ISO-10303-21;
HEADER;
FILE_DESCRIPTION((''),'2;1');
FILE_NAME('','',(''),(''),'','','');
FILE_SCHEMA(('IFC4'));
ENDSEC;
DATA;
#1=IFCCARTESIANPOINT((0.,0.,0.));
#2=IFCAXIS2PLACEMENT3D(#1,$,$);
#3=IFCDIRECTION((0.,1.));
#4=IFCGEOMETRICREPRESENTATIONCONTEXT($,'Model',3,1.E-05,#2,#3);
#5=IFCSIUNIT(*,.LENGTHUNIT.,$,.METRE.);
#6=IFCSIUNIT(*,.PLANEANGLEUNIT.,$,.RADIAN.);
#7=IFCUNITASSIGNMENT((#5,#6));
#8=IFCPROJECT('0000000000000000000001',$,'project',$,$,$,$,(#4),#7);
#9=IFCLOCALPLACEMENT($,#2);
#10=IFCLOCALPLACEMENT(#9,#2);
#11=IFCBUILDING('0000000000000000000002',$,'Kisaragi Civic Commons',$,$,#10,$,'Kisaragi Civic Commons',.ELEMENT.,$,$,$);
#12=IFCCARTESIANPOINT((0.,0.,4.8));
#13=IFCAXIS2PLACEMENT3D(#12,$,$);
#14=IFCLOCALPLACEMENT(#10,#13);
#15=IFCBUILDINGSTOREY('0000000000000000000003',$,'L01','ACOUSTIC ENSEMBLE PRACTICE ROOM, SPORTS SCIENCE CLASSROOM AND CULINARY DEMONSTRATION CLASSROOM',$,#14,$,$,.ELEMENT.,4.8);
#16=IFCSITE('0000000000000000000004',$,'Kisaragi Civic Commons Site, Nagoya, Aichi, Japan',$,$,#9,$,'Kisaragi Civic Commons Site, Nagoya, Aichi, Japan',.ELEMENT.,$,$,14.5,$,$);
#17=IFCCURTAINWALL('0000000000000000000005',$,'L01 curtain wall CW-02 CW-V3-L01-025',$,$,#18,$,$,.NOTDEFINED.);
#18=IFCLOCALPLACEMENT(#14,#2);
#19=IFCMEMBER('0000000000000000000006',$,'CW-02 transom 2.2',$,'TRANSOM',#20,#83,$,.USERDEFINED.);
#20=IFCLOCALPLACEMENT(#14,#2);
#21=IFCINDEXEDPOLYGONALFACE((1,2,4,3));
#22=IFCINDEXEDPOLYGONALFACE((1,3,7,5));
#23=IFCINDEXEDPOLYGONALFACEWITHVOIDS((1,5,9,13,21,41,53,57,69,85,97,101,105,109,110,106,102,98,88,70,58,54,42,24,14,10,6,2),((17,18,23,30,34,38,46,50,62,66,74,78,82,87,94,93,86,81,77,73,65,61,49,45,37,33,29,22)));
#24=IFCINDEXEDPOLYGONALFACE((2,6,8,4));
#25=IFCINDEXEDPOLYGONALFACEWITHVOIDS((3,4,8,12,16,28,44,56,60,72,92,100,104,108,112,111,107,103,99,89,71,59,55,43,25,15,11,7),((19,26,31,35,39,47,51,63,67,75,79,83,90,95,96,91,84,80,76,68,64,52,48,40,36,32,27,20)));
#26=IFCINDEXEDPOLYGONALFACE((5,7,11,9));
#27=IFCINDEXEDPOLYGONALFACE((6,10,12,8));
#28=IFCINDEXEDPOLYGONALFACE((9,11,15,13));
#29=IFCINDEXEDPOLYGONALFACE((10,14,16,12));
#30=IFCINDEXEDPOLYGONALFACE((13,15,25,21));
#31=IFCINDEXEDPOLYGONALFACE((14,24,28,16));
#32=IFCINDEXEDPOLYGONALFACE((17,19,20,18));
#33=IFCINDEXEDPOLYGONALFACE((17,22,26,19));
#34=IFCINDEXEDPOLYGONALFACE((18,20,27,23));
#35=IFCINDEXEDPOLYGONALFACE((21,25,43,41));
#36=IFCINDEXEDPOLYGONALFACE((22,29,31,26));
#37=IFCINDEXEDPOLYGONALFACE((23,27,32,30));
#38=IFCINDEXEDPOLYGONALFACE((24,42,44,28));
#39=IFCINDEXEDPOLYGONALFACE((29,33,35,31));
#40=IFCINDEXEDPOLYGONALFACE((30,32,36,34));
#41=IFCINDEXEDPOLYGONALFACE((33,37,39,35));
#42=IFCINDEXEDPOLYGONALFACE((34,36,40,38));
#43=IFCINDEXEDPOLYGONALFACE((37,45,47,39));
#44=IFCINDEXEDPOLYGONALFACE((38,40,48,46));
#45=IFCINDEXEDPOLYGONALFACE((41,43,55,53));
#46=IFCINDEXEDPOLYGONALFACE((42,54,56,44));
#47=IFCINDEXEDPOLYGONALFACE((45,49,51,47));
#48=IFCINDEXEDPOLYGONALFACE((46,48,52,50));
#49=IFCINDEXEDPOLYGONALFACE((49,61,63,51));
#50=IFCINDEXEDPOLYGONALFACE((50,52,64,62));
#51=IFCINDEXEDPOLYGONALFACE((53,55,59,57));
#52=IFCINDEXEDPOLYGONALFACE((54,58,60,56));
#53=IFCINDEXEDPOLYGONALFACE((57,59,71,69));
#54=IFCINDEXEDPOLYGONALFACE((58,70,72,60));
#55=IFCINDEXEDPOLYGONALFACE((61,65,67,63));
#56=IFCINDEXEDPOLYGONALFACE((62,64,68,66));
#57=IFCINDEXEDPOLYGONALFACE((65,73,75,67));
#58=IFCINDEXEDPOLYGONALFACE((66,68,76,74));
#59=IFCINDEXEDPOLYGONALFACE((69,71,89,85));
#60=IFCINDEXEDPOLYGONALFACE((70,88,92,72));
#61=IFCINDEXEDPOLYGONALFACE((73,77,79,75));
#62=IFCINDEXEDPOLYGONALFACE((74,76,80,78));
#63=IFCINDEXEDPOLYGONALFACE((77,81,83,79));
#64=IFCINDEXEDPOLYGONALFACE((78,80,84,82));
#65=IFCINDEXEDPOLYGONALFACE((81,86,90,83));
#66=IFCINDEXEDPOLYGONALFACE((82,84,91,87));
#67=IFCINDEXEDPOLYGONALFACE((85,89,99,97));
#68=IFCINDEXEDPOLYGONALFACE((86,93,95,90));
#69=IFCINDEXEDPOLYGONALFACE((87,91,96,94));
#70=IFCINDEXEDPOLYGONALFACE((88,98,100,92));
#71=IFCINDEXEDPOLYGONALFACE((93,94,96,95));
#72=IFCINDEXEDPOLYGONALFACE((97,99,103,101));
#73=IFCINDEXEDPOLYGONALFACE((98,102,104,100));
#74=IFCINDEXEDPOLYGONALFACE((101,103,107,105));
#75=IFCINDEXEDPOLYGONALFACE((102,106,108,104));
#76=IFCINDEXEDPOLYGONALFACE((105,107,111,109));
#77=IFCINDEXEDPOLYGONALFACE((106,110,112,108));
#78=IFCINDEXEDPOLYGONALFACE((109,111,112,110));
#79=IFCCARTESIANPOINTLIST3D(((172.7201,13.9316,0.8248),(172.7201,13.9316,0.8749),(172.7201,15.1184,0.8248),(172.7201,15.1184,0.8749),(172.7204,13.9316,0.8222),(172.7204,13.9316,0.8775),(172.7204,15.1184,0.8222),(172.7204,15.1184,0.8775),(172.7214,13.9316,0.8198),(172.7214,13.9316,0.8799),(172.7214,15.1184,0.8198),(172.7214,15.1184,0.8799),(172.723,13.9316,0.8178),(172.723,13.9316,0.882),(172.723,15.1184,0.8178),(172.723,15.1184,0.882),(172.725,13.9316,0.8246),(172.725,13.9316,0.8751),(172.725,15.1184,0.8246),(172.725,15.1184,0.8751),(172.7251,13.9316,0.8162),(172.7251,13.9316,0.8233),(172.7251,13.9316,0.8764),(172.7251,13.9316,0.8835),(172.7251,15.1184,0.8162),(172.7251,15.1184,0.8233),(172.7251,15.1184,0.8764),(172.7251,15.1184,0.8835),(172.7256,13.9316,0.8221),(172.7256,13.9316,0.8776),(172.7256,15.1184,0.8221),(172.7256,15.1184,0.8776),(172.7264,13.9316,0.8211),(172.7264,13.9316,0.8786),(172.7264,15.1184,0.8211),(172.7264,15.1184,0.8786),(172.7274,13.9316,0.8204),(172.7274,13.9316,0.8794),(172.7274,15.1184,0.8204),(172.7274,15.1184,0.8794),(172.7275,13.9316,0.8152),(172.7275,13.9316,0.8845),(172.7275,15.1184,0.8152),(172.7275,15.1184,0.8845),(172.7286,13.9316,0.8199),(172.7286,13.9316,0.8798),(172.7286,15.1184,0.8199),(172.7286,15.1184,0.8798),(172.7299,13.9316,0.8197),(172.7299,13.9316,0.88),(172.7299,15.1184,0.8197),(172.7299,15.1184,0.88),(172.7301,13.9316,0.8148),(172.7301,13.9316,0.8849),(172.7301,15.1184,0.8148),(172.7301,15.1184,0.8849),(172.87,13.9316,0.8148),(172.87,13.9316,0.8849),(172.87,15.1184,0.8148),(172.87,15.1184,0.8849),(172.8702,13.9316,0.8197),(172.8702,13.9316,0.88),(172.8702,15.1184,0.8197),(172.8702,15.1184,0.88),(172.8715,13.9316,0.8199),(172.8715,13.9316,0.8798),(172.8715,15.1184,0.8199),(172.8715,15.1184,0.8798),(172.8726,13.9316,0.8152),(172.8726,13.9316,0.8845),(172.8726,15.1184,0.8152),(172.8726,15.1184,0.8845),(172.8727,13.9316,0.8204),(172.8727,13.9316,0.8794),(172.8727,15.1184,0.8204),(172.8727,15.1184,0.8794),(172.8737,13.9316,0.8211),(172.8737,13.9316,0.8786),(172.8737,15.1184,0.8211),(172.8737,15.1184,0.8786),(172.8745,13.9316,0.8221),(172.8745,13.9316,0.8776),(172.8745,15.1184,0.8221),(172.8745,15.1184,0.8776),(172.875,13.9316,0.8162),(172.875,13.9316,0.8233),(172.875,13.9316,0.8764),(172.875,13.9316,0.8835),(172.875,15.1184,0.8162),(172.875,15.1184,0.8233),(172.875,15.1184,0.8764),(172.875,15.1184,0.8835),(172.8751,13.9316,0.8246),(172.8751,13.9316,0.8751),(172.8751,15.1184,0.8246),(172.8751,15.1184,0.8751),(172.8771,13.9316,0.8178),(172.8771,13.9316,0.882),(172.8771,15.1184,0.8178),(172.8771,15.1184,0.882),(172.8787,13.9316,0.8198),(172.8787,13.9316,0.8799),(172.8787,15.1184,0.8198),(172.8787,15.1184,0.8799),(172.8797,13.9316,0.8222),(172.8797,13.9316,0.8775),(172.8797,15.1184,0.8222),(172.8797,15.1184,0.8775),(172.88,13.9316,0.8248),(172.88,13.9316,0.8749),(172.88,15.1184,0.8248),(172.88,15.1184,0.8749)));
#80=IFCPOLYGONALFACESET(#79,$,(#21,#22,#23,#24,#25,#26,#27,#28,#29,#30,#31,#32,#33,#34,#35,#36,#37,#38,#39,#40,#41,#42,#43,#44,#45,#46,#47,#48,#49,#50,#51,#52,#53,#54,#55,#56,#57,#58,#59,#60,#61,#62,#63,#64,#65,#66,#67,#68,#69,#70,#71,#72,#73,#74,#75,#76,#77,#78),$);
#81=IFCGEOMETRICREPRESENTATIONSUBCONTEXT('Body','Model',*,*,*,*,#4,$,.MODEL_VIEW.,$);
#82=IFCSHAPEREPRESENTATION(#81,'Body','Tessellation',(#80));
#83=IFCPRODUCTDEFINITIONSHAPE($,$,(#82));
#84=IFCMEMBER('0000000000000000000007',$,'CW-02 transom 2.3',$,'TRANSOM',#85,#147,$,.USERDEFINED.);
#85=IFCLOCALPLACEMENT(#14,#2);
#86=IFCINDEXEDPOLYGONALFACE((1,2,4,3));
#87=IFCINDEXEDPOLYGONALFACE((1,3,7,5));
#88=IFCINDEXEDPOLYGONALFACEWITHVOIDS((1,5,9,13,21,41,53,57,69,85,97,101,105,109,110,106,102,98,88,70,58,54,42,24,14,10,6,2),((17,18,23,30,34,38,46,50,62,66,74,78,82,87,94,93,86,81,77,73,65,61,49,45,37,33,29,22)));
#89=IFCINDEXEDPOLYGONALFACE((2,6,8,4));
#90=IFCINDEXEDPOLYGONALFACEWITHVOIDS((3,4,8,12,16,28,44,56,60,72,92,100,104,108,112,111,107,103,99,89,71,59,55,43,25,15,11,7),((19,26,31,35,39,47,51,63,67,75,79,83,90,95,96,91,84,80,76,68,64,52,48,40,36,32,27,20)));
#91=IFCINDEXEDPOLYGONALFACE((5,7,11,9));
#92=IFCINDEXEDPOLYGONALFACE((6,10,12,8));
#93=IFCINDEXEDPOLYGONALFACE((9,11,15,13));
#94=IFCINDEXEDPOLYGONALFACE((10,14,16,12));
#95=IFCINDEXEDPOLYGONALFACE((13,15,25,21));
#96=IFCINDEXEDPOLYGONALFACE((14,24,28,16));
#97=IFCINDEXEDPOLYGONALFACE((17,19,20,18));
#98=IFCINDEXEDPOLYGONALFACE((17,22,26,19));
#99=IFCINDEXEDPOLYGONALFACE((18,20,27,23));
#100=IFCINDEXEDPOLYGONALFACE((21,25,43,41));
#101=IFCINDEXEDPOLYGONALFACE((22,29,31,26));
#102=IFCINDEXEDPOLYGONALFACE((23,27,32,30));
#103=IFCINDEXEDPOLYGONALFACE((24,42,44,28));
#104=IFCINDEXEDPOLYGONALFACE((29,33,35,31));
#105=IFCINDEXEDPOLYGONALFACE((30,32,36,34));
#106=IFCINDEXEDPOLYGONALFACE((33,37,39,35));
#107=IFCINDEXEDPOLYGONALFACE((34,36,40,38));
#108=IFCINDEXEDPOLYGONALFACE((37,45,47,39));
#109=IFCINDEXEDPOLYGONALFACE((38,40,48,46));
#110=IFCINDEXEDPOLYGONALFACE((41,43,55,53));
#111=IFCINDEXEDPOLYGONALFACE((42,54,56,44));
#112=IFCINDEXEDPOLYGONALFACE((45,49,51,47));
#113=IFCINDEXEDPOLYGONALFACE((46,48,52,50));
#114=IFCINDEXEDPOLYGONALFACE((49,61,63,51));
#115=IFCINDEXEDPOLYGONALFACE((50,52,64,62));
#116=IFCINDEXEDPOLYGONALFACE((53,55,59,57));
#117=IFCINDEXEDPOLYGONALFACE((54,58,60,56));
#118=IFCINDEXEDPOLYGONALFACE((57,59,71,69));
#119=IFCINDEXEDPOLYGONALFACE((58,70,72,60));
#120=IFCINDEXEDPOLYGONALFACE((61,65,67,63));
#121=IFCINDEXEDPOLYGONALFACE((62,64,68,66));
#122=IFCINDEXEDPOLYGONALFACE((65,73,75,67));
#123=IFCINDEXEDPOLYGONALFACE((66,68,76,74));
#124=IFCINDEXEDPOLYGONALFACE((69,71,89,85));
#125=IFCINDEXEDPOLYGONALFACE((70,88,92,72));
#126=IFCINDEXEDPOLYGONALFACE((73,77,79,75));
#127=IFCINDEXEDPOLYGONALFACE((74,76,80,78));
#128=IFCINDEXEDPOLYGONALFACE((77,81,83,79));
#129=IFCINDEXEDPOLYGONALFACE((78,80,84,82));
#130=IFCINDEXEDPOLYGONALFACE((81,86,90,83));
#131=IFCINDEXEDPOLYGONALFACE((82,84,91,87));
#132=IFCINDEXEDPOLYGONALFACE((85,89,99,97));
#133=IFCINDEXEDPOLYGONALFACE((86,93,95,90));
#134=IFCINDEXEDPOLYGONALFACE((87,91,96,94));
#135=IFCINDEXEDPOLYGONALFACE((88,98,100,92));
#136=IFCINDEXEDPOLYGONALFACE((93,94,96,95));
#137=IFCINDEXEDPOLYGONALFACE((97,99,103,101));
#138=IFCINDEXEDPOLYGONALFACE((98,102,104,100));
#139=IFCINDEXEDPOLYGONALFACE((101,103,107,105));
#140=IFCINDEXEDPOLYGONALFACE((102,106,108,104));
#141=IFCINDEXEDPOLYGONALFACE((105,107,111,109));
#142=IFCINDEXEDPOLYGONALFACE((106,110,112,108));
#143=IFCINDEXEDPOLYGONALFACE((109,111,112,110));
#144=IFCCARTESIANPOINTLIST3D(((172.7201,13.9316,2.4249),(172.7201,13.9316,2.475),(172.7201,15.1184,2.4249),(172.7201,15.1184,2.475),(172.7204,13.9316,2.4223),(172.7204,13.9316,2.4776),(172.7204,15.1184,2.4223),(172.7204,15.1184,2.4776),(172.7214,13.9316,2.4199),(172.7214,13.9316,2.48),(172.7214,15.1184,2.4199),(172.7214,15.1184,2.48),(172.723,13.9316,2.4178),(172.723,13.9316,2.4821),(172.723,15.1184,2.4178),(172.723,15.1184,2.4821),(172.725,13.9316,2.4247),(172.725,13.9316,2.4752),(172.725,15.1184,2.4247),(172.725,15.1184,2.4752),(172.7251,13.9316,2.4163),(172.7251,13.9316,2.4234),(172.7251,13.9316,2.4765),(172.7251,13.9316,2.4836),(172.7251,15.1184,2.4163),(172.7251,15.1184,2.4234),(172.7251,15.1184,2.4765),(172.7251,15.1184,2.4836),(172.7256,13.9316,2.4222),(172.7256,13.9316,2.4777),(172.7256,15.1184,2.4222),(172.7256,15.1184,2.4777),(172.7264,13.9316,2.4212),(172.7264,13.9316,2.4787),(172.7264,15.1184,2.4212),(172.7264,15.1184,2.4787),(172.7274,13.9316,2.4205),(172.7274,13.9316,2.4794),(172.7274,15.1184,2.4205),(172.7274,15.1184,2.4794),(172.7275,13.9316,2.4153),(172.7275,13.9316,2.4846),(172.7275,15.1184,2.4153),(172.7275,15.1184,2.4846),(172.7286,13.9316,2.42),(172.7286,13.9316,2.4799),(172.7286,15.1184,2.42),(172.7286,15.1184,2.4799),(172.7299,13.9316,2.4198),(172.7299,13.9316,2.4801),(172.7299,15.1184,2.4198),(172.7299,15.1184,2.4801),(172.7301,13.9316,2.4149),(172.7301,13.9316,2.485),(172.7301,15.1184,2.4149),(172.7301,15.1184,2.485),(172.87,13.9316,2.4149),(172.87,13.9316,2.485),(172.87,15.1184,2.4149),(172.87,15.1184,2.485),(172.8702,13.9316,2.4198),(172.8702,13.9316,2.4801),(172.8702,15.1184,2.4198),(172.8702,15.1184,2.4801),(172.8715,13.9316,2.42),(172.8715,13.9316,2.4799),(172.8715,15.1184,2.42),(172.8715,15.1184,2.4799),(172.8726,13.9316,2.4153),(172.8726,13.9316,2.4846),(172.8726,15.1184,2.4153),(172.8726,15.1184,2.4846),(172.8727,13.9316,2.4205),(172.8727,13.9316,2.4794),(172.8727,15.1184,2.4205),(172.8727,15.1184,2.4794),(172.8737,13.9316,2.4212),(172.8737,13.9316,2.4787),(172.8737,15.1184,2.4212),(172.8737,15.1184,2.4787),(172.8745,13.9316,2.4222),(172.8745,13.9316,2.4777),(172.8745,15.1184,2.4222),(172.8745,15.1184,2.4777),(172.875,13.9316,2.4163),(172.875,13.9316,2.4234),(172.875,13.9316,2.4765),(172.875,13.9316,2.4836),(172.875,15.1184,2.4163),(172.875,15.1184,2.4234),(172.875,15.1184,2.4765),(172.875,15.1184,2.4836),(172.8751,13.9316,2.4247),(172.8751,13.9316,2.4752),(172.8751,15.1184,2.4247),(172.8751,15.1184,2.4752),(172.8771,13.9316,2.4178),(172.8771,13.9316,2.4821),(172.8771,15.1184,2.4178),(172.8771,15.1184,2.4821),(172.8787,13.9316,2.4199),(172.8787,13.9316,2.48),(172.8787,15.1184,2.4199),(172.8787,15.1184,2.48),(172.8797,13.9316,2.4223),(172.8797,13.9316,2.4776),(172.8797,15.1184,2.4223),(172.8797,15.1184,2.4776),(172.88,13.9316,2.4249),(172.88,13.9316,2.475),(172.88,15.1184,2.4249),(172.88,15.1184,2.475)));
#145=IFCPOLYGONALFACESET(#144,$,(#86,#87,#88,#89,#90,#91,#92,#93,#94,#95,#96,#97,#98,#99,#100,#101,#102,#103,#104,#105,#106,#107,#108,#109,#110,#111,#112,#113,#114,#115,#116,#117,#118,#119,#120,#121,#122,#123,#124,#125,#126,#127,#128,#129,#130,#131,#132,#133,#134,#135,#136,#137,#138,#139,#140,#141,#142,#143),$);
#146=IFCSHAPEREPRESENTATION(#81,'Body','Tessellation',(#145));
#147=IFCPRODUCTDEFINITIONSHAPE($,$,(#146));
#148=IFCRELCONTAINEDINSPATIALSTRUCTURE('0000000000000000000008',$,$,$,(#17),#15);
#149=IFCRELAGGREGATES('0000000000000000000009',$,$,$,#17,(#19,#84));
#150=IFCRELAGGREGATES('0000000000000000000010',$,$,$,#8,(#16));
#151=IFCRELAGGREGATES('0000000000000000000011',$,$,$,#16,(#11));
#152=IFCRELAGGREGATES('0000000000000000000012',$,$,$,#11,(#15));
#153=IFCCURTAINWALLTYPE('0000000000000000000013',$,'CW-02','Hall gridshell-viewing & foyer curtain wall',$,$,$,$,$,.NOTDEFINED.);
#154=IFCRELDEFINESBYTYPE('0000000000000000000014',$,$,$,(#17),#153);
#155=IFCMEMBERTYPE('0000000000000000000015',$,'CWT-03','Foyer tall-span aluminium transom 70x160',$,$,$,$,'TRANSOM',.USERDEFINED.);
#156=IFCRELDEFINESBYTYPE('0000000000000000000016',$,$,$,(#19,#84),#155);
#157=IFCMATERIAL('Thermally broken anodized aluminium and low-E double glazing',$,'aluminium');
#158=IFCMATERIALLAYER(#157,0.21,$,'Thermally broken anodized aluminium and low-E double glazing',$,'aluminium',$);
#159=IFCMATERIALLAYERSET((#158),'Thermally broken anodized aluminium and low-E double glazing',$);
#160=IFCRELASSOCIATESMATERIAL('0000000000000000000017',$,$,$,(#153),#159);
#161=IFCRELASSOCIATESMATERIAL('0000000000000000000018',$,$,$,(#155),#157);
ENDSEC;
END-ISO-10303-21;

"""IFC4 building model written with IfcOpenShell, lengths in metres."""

from ifc_helpers import new_model, si_unit, direction, frame, origin, origin_2d, place, context, subcontext, project, spatial, hollow_rectangle, extrude, material, layer, layer_set, material_profile, profile_set, type_object, element, aggregate, save


model = new_model("IFC4")

# Units and contexts
model_context = context("Model", 3, precision=1e-05, world=origin(), true_north=direction((0.0, 1.0)))
body_context = subcontext(model_context, "Body", "Model", "MODEL_VIEW")
ifc_project = project(units=[si_unit("LENGTHUNIT", "METRE"), si_unit("PLANEANGLEUNIT", "RADIAN")], contexts=[model_context])

# Site, building, storey
site_placement = place(None, origin())
site = spatial("IfcSite", under=ifc_project, at=site_placement, Name="Kisaragi Civic Commons Site, Nagoya, Aichi, Japan", LongName="Kisaragi Civic Commons Site, Nagoya, Aichi, Japan", CompositionType="ELEMENT", RefElevation=14.5)
building_placement = place(site_placement, origin())
building = spatial("IfcBuilding", under=site, at=building_placement, Name="Kisaragi Civic Commons", LongName="Kisaragi Civic Commons", CompositionType="ELEMENT")
storey_placement = place(building_placement, frame((0.0, 0.0, 4.8)))
storey = spatial("IfcBuildingStorey", under=building, at=storey_placement, Name="L01", Description="ACOUSTIC ENSEMBLE PRACTICE ROOM, SPORTS SCIENCE CLASSROOM AND CULINARY DEMONSTRATION CLASSROOM", CompositionType="ELEMENT", Elevation=4.8)

# Shared definitions
ifc_material_1 = material(Name="Thermally broken anodized aluminium and low-E double glazing", Category="aluminium")
ifc_layer_1 = layer(ifc_material_1, 0.21, Name="Thermally broken anodized aluminium and low-E double glazing", Category="aluminium")
ifc_layer_set_1 = layer_set([ifc_layer_1], Name="Thermally broken anodized aluminium and low-E double glazing")
curtain_wall_type = type_object("IfcCurtainWallType", Name="CW-02", Description="Hall gridshell-viewing & foyer curtain wall", PredefinedType="NOTDEFINED", material=ifc_layer_set_1)

# Curtain wall
curtain_wall_1_placement = place(storey_placement, origin())
curtain_wall_1 = element("IfcCurtainWall", 1, at=curtain_wall_1_placement, inside=storey, type_object=curtain_wall_type, Name="L01 curtain wall CW-02 CW-V3-L01-025", PredefinedType="NOTDEFINED")

# Members
ifc_material_profile_1 = material_profile(ifc_material_1, hollow_rectangle(XDim=0.1599, YDim=0.0701, WallThickness=0.0049, InnerFilletRadius=0.0049, OuterFilletRadius=0.01, at=origin_2d()), Name="CWT-70x160x5", Category="aluminium")
ifc_profile_set_1 = profile_set([ifc_material_profile_1], Name="Thermally broken anodized aluminium and low-E double glazing")
member_type_1 = type_object("IfcMemberType", Name="CWT-03", Description="Foyer tall-span aluminium transom 70x160", ElementType="TRANSOM", PredefinedType="USERDEFINED", material=ifc_profile_set_1)
member_1_placement = place(storey_placement, frame((172.8, 15.1184, 0.8499), z_axis=(0.0, -1.0, 0.0), x_axis=(1.0, 0.0, 0.0)))
member_1 = element("IfcMember", 2, at=member_1_placement, type_object=member_type_1, Name="CW-02 transom 2.2", ObjectType="TRANSOM", PredefinedType="USERDEFINED", context=body_context, shape_type="SweptSolid", body=[
    extrude(hollow_rectangle(XDim=0.1599, YDim=0.0701, WallThickness=0.0049, InnerFilletRadius=0.0049, OuterFilletRadius=0.01, at=origin_2d()), origin(), (0.0, 0.0, 1.0), 1.1868),
])
member_2_placement = place(storey_placement, frame((172.8, 15.1184, 2.45), z_axis=(0.0, -1.0, 0.0), x_axis=(1.0, 0.0, 0.0)))
member_2 = element("IfcMember", 3, at=member_2_placement, type_object=member_type_1, Name="CW-02 transom 2.3", ObjectType="TRANSOM", PredefinedType="USERDEFINED", context=body_context, shape_type="SweptSolid", body=[
    extrude(hollow_rectangle(XDim=0.1599, YDim=0.0701, WallThickness=0.0049, InnerFilletRadius=0.0049, OuterFilletRadius=0.01, at=origin_2d()), origin(), (0.0, 0.0, 1.0), 1.1868),
])

aggregate(curtain_wall_1, [member_1, member_2])

save(model, "model.ifc")
